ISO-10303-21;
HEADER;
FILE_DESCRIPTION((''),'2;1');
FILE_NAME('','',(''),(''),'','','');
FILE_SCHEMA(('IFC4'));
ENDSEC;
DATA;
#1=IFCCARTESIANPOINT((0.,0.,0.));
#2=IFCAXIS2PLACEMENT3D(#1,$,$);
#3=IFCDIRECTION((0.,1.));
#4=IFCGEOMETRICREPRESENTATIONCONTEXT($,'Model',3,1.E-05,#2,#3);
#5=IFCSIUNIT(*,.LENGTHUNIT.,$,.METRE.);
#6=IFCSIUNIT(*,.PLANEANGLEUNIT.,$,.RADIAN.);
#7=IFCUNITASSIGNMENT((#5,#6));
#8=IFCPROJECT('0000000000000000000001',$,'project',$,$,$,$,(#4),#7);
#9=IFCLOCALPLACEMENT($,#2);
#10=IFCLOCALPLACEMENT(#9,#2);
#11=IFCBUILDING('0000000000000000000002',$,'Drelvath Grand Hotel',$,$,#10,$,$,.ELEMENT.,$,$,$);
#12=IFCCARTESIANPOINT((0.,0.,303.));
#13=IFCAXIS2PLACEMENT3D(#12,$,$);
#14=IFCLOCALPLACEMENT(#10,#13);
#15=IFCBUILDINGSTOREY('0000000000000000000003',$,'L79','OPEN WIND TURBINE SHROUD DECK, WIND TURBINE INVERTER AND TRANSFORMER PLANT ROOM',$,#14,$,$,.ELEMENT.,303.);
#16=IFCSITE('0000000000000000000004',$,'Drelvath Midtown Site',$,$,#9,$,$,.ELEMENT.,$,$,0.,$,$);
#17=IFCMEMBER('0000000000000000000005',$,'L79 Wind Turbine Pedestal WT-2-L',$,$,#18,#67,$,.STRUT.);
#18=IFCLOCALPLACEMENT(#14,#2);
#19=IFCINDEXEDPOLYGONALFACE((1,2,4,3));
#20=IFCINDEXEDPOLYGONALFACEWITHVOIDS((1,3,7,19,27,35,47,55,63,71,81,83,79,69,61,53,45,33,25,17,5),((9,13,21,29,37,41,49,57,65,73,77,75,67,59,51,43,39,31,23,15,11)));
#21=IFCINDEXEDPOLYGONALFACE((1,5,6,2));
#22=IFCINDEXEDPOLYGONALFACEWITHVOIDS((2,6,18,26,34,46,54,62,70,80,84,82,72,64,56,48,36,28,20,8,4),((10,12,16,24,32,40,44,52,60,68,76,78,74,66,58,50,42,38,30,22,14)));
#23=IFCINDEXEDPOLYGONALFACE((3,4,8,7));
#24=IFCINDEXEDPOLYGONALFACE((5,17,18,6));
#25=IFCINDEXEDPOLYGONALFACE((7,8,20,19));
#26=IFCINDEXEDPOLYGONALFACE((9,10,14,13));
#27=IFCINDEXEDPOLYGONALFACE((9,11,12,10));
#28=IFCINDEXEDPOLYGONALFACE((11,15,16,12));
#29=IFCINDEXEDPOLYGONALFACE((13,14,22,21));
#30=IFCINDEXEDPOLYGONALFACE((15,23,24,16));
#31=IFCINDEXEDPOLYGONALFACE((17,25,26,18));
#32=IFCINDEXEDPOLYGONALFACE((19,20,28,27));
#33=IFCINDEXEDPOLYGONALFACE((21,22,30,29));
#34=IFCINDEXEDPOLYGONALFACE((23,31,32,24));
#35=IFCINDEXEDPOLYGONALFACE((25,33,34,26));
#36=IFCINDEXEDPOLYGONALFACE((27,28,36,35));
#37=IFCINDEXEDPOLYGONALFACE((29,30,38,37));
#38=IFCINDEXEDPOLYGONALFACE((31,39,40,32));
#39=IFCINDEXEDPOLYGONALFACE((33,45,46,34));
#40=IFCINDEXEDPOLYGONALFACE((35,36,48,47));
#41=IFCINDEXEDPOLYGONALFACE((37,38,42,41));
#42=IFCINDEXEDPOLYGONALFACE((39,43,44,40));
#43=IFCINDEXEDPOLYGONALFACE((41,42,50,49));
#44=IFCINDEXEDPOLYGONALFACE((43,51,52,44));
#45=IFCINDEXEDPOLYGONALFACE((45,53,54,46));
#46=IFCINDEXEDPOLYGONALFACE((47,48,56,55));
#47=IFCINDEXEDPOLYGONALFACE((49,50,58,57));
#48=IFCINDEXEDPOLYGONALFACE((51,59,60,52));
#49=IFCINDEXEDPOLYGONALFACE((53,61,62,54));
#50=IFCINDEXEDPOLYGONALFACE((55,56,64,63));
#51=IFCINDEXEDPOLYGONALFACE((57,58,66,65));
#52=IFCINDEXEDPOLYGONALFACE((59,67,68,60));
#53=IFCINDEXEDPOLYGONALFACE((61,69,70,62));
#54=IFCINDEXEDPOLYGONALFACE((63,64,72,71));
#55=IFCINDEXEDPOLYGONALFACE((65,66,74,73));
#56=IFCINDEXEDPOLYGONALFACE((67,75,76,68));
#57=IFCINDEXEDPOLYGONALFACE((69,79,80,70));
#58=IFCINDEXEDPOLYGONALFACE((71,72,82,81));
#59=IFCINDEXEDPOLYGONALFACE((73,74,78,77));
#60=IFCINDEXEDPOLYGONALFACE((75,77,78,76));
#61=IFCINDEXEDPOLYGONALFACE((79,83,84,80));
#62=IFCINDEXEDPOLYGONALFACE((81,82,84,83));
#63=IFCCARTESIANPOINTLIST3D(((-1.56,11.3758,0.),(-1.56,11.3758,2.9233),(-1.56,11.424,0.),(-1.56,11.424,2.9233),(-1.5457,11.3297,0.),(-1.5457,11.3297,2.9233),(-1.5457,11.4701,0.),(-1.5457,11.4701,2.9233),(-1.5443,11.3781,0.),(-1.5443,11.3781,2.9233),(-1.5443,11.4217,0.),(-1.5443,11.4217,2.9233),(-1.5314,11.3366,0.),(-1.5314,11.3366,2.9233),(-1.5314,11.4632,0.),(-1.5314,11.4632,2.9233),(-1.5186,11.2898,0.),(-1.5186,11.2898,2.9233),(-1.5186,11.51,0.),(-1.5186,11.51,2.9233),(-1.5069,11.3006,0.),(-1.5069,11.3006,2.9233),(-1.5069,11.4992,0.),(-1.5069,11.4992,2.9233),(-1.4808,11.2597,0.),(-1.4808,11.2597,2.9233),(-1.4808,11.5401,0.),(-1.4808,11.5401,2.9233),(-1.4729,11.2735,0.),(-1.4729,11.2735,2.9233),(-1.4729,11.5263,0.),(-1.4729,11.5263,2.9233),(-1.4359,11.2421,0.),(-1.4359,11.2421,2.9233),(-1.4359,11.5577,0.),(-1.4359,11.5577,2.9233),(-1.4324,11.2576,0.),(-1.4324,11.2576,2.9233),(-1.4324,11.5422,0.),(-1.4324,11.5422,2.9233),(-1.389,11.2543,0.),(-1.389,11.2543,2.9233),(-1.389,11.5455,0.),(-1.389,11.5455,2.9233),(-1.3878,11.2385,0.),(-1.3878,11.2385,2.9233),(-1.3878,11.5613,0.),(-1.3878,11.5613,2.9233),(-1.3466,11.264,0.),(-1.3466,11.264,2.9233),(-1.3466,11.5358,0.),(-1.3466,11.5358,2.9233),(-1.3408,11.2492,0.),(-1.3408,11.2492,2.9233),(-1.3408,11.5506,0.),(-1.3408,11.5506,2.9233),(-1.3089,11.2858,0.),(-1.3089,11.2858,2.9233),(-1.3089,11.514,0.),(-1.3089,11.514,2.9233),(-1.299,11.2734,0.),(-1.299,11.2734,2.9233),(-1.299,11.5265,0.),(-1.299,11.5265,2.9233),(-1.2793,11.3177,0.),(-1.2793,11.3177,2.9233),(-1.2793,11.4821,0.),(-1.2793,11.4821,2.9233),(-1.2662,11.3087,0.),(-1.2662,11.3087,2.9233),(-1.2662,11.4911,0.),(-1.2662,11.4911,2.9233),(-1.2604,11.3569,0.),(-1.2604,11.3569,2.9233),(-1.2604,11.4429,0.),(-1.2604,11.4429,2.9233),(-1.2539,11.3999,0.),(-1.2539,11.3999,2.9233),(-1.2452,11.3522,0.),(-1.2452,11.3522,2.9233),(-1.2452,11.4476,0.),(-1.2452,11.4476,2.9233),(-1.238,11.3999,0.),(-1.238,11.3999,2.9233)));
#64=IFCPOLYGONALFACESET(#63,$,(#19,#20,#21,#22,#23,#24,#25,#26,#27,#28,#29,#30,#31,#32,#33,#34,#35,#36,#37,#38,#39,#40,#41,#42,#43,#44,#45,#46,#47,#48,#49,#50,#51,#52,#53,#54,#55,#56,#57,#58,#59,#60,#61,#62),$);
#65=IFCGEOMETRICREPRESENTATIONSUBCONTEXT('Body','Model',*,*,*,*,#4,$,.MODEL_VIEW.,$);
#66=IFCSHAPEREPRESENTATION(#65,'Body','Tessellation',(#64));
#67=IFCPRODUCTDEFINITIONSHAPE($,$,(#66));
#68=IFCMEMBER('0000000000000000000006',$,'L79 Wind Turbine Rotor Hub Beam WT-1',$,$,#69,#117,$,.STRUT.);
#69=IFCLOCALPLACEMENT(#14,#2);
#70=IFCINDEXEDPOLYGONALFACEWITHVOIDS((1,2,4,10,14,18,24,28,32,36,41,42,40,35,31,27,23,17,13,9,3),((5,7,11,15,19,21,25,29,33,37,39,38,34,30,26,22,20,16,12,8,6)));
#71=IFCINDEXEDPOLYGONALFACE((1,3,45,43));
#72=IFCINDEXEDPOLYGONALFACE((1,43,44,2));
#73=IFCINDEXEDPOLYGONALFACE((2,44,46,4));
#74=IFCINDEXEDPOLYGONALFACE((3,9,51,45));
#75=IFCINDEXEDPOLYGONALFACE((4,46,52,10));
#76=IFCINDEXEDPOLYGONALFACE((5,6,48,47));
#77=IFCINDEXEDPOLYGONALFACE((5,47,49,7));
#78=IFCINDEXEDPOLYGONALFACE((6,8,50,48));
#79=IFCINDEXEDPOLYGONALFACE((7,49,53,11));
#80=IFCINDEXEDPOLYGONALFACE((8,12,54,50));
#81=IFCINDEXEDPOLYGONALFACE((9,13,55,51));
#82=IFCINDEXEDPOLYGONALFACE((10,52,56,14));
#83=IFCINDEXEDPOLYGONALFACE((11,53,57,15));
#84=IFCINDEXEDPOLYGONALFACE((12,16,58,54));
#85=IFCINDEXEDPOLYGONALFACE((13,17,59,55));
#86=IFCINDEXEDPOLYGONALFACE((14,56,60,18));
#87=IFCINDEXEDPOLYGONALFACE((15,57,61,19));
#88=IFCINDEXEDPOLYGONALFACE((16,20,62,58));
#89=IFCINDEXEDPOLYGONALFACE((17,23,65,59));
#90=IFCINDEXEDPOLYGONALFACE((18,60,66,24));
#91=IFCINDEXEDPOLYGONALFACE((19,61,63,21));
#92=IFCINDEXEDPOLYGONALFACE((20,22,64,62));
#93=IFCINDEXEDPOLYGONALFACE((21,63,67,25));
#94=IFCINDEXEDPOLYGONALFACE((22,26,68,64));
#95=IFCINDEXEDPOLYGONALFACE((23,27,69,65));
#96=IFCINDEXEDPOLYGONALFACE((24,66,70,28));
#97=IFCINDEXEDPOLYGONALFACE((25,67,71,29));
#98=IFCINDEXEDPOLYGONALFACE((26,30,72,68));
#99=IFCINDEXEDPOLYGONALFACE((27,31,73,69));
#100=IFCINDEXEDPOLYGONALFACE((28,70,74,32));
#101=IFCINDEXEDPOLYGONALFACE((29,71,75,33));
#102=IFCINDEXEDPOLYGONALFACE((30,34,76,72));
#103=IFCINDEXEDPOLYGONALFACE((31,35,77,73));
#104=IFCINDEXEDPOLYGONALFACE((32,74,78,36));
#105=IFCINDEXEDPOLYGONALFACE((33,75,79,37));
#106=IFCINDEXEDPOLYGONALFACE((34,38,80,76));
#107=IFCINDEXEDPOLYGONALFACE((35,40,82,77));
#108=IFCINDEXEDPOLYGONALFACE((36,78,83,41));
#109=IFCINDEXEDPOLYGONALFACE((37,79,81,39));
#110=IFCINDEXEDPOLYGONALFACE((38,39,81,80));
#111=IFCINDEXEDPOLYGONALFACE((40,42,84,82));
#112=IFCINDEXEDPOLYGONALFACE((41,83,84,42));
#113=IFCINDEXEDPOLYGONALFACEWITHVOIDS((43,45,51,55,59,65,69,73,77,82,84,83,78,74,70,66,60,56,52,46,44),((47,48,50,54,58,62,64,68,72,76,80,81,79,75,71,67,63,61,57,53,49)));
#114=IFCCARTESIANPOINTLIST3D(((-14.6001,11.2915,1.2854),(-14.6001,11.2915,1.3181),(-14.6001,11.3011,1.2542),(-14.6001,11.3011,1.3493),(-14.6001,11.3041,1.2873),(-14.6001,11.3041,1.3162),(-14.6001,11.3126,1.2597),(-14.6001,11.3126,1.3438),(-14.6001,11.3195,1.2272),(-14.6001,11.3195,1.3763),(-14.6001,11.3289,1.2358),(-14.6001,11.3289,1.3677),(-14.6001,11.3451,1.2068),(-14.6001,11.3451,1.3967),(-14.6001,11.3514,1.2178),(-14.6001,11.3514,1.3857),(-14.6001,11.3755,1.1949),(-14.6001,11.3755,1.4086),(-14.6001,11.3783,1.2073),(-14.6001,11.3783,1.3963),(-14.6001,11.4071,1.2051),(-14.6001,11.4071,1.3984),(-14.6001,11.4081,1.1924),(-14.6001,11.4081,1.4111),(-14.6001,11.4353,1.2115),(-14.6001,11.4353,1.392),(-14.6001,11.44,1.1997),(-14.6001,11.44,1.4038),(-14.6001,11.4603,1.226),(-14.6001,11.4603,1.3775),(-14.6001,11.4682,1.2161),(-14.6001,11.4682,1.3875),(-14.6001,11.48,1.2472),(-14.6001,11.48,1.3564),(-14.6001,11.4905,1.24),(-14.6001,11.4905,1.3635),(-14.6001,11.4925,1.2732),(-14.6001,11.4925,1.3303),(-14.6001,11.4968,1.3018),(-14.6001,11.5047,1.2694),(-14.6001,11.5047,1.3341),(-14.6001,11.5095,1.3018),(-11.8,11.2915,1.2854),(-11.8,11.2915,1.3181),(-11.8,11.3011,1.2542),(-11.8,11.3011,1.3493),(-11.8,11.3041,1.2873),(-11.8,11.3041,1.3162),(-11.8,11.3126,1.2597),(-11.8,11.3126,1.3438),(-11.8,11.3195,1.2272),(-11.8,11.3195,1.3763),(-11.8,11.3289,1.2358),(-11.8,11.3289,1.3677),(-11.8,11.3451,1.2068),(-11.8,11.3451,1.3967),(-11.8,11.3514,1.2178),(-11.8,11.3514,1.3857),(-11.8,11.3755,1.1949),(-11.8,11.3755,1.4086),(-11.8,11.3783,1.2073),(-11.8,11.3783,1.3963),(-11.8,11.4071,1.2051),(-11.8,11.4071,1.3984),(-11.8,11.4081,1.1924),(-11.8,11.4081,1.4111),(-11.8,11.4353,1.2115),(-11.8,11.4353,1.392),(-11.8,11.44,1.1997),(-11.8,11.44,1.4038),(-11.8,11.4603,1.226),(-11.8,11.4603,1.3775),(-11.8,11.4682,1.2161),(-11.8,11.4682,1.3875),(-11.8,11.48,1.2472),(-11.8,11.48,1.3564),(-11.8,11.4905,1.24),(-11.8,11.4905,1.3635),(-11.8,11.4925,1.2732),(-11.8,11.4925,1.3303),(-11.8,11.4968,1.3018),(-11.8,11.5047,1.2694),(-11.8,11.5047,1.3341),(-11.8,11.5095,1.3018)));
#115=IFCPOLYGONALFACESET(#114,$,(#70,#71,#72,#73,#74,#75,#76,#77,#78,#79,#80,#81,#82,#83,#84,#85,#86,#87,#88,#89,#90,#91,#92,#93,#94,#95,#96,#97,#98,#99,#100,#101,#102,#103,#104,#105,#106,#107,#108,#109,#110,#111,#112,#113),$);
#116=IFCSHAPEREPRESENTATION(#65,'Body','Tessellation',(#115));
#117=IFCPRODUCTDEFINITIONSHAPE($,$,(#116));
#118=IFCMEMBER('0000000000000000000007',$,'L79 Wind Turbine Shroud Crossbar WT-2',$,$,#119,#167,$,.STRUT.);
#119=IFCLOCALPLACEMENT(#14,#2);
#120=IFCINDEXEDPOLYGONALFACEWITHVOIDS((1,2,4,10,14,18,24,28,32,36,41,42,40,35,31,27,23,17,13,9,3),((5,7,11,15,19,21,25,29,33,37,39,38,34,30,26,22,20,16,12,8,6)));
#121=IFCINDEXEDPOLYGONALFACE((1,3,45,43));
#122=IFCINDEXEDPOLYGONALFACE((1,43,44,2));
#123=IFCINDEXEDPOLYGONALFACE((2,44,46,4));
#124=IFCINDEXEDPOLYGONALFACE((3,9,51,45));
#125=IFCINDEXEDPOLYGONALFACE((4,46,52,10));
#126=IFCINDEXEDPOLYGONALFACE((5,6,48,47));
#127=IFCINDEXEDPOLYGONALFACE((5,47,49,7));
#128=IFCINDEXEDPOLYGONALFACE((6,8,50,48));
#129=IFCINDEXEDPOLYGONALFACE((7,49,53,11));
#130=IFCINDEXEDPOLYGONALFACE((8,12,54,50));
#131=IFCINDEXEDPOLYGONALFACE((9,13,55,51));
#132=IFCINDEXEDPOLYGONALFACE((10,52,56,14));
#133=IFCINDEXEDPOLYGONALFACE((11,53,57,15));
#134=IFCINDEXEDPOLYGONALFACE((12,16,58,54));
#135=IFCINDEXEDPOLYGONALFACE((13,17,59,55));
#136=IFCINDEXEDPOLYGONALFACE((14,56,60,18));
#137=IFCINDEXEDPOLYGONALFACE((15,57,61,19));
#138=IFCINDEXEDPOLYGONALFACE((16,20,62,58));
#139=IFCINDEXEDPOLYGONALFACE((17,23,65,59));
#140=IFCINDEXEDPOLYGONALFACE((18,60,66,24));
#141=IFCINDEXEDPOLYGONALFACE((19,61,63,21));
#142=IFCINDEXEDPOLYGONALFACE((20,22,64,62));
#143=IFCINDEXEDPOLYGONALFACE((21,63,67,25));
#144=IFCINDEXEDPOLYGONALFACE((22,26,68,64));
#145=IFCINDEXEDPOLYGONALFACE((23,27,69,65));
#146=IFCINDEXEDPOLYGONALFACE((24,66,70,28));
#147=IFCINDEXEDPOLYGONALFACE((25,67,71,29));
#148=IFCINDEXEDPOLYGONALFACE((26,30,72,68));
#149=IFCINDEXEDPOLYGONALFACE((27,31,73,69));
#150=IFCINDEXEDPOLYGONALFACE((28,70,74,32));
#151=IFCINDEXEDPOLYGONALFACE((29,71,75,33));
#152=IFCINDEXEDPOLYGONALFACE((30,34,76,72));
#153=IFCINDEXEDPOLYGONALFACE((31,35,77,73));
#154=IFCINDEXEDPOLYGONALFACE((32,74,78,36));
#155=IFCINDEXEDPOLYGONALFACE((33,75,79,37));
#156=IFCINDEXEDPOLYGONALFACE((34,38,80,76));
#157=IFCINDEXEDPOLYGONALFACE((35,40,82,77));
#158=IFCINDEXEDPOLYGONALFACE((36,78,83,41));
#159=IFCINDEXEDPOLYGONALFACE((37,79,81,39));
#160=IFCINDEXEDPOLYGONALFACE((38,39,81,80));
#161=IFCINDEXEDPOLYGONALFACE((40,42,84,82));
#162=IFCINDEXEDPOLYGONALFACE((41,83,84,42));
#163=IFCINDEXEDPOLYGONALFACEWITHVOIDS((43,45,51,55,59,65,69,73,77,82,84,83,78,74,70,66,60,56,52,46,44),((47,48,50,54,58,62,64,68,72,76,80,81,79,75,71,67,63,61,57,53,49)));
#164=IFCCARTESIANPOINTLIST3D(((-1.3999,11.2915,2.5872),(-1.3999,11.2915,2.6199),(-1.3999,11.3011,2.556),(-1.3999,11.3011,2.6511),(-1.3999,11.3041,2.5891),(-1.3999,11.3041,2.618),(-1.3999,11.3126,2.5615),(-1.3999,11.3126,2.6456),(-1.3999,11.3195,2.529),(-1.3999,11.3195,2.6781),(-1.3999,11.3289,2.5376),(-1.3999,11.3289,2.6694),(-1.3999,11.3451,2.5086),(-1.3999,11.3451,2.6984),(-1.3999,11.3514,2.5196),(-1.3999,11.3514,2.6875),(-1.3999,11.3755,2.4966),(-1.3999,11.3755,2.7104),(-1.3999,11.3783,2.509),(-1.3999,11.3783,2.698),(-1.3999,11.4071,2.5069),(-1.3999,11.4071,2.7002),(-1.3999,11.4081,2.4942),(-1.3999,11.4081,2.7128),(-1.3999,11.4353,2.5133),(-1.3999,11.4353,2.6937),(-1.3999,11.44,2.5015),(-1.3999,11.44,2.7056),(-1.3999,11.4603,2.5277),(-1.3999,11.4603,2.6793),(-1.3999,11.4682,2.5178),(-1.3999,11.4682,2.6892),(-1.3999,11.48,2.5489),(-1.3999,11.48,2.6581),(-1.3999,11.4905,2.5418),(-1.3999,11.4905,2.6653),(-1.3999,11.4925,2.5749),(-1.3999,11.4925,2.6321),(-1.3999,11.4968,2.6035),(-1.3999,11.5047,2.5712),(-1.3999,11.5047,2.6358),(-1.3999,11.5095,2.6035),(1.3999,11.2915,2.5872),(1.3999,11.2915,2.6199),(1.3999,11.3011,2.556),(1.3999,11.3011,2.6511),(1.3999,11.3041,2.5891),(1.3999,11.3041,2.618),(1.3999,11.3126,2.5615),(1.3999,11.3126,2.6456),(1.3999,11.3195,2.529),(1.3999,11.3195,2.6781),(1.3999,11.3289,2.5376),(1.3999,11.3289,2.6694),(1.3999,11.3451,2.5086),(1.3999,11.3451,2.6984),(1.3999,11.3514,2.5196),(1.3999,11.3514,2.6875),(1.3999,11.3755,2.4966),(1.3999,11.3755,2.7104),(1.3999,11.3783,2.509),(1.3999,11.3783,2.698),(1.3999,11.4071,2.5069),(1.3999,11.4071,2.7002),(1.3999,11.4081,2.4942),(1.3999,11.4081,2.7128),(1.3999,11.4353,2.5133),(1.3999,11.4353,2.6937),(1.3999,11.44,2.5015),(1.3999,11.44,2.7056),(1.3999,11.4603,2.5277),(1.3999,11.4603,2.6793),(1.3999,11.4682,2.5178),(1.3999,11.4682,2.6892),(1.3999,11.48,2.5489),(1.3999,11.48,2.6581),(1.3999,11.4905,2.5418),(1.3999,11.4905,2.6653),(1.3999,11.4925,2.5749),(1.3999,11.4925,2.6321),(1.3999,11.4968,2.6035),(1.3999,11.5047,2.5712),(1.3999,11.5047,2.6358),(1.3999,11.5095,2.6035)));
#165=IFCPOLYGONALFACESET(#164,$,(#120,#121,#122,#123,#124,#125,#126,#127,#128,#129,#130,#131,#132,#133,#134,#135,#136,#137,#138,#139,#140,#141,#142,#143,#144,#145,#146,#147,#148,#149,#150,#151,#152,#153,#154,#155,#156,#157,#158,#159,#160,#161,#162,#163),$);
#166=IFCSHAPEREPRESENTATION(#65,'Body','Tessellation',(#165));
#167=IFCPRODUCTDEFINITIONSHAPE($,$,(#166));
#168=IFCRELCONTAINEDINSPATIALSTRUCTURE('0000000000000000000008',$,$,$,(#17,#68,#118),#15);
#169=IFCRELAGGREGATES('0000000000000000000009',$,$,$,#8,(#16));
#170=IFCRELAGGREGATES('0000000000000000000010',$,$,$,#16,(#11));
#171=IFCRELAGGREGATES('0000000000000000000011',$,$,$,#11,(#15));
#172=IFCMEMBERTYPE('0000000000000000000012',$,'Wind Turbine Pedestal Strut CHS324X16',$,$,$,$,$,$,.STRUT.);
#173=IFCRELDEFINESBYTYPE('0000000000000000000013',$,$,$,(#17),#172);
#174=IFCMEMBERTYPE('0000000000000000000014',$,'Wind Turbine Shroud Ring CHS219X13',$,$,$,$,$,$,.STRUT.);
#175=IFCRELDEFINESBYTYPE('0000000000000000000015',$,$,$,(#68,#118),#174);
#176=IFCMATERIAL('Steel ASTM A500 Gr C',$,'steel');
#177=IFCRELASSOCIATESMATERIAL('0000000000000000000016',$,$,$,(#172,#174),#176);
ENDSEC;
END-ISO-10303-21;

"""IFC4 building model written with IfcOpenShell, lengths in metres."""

from ifc_helpers import new_model, si_unit, direction, frame, origin, origin_2d, place, context, subcontext, project, spatial, hollow_circle, extrude, material, material_profile, profile_set, type_object, element, save


model = new_model("IFC4")

# Units and contexts
model_context = context("Model", 3, precision=1e-05, world=origin(), true_north=direction((0.0, 1.0)))
body_context = subcontext(model_context, "Body", "Model", "MODEL_VIEW")
ifc_project = project(units=[si_unit("LENGTHUNIT", "METRE"), si_unit("PLANEANGLEUNIT", "RADIAN")], contexts=[model_context])

# Site, building, storey
site_placement = place(None, origin())
site = spatial("IfcSite", under=ifc_project, at=site_placement, Name="Drelvath Midtown Site", CompositionType="ELEMENT", RefElevation=0.0)
building_placement = place(site_placement, origin())
building = spatial("IfcBuilding", under=site, at=building_placement, Name="Drelvath Grand Hotel", CompositionType="ELEMENT")
storey_placement = place(building_placement, frame((0.0, 0.0, 303.0)))
storey = spatial("IfcBuildingStorey", under=building, at=storey_placement, Name="L79", Description="OPEN WIND TURBINE SHROUD DECK, WIND TURBINE INVERTER AND TRANSFORMER PLANT ROOM", CompositionType="ELEMENT", Elevation=303.0)

# Members
ifc_material_1 = material(Name="Steel ASTM A500 Gr C", Category="steel")
ifc_material_profile_1 = material_profile(ifc_material_1, hollow_circle(Radius=0.1619, WallThickness=0.0159, at=origin_2d()), Name="CHS324X16")
ifc_profile_set_1 = profile_set([ifc_material_profile_1], Name="Steel ASTM A500 Gr C")
member_type_1 = type_object("IfcMemberType", Name="Wind Turbine Pedestal Strut CHS324X16", PredefinedType="STRUT", material=ifc_profile_set_1)
for number, where, z_axis, x_axis, name in (
    (1, (-1.3999, 11.3999, 0.0), (0.0, 0.0, 1.0), (1.0, 0.0, 0.0), "L79 Wind Turbine Pedestal WT-2-L"),
):
    element("IfcMember", number, at=place(storey_placement, frame(where, z_axis=z_axis, x_axis=x_axis)), inside=storey, type_object=member_type_1, Name=name, PredefinedType="STRUT", context=body_context, shape_type="SweptSolid", body=[
        extrude(hollow_circle(Radius=0.1619, WallThickness=0.0159, at=origin_2d()), origin(), (0.0, 0.0, 1.0), 2.9233),
    ])
ifc_material_profile_2 = material_profile(ifc_material_1, hollow_circle(Radius=0.1096, WallThickness=0.0127, at=origin_2d()), Name="CHS219X13")
ifc_profile_set_2 = profile_set([ifc_material_profile_2], Name="Steel ASTM A500 Gr C")
member_type_2 = type_object("IfcMemberType", Name="Wind Turbine Shroud Ring CHS219X13", PredefinedType="STRUT", material=ifc_profile_set_2)
member_placement = place(storey_placement, frame((-14.6001, 11.3999, 1.3018), z_axis=(1.0, 0.0, 0.0), x_axis=(0.0, 1.0, 0.0)))
element("IfcMember", 2, at=member_placement, inside=storey, type_object=member_type_2, Name="L79 Wind Turbine Rotor Hub Beam WT-1", PredefinedType="STRUT", context=body_context, shape_type="SweptSolid", body=[
    extrude(hollow_circle(Radius=0.1096, WallThickness=0.0127, at=origin_2d()), origin(), (0.0, 0.0, 1.0), 2.8),
])
for number, where, z_axis, x_axis, name in (
    (3, (-1.3999, 11.3999, 2.6035), (1.0, 0.0, 0.0), (0.0, 1.0, 0.0), "L79 Wind Turbine Shroud Crossbar WT-2"),
):
    element("IfcMember", number, at=place(storey_placement, frame(where, z_axis=z_axis, x_axis=x_axis)), inside=storey, type_object=member_type_2, Name=name, PredefinedType="STRUT", context=body_context, shape_type="SweptSolid", body=[
        extrude(hollow_circle(Radius=0.1096, WallThickness=0.0127, at=origin_2d()), origin(), (0.0, 0.0, 1.0), 2.7998),
    ])

save(model, "model.ifc")
